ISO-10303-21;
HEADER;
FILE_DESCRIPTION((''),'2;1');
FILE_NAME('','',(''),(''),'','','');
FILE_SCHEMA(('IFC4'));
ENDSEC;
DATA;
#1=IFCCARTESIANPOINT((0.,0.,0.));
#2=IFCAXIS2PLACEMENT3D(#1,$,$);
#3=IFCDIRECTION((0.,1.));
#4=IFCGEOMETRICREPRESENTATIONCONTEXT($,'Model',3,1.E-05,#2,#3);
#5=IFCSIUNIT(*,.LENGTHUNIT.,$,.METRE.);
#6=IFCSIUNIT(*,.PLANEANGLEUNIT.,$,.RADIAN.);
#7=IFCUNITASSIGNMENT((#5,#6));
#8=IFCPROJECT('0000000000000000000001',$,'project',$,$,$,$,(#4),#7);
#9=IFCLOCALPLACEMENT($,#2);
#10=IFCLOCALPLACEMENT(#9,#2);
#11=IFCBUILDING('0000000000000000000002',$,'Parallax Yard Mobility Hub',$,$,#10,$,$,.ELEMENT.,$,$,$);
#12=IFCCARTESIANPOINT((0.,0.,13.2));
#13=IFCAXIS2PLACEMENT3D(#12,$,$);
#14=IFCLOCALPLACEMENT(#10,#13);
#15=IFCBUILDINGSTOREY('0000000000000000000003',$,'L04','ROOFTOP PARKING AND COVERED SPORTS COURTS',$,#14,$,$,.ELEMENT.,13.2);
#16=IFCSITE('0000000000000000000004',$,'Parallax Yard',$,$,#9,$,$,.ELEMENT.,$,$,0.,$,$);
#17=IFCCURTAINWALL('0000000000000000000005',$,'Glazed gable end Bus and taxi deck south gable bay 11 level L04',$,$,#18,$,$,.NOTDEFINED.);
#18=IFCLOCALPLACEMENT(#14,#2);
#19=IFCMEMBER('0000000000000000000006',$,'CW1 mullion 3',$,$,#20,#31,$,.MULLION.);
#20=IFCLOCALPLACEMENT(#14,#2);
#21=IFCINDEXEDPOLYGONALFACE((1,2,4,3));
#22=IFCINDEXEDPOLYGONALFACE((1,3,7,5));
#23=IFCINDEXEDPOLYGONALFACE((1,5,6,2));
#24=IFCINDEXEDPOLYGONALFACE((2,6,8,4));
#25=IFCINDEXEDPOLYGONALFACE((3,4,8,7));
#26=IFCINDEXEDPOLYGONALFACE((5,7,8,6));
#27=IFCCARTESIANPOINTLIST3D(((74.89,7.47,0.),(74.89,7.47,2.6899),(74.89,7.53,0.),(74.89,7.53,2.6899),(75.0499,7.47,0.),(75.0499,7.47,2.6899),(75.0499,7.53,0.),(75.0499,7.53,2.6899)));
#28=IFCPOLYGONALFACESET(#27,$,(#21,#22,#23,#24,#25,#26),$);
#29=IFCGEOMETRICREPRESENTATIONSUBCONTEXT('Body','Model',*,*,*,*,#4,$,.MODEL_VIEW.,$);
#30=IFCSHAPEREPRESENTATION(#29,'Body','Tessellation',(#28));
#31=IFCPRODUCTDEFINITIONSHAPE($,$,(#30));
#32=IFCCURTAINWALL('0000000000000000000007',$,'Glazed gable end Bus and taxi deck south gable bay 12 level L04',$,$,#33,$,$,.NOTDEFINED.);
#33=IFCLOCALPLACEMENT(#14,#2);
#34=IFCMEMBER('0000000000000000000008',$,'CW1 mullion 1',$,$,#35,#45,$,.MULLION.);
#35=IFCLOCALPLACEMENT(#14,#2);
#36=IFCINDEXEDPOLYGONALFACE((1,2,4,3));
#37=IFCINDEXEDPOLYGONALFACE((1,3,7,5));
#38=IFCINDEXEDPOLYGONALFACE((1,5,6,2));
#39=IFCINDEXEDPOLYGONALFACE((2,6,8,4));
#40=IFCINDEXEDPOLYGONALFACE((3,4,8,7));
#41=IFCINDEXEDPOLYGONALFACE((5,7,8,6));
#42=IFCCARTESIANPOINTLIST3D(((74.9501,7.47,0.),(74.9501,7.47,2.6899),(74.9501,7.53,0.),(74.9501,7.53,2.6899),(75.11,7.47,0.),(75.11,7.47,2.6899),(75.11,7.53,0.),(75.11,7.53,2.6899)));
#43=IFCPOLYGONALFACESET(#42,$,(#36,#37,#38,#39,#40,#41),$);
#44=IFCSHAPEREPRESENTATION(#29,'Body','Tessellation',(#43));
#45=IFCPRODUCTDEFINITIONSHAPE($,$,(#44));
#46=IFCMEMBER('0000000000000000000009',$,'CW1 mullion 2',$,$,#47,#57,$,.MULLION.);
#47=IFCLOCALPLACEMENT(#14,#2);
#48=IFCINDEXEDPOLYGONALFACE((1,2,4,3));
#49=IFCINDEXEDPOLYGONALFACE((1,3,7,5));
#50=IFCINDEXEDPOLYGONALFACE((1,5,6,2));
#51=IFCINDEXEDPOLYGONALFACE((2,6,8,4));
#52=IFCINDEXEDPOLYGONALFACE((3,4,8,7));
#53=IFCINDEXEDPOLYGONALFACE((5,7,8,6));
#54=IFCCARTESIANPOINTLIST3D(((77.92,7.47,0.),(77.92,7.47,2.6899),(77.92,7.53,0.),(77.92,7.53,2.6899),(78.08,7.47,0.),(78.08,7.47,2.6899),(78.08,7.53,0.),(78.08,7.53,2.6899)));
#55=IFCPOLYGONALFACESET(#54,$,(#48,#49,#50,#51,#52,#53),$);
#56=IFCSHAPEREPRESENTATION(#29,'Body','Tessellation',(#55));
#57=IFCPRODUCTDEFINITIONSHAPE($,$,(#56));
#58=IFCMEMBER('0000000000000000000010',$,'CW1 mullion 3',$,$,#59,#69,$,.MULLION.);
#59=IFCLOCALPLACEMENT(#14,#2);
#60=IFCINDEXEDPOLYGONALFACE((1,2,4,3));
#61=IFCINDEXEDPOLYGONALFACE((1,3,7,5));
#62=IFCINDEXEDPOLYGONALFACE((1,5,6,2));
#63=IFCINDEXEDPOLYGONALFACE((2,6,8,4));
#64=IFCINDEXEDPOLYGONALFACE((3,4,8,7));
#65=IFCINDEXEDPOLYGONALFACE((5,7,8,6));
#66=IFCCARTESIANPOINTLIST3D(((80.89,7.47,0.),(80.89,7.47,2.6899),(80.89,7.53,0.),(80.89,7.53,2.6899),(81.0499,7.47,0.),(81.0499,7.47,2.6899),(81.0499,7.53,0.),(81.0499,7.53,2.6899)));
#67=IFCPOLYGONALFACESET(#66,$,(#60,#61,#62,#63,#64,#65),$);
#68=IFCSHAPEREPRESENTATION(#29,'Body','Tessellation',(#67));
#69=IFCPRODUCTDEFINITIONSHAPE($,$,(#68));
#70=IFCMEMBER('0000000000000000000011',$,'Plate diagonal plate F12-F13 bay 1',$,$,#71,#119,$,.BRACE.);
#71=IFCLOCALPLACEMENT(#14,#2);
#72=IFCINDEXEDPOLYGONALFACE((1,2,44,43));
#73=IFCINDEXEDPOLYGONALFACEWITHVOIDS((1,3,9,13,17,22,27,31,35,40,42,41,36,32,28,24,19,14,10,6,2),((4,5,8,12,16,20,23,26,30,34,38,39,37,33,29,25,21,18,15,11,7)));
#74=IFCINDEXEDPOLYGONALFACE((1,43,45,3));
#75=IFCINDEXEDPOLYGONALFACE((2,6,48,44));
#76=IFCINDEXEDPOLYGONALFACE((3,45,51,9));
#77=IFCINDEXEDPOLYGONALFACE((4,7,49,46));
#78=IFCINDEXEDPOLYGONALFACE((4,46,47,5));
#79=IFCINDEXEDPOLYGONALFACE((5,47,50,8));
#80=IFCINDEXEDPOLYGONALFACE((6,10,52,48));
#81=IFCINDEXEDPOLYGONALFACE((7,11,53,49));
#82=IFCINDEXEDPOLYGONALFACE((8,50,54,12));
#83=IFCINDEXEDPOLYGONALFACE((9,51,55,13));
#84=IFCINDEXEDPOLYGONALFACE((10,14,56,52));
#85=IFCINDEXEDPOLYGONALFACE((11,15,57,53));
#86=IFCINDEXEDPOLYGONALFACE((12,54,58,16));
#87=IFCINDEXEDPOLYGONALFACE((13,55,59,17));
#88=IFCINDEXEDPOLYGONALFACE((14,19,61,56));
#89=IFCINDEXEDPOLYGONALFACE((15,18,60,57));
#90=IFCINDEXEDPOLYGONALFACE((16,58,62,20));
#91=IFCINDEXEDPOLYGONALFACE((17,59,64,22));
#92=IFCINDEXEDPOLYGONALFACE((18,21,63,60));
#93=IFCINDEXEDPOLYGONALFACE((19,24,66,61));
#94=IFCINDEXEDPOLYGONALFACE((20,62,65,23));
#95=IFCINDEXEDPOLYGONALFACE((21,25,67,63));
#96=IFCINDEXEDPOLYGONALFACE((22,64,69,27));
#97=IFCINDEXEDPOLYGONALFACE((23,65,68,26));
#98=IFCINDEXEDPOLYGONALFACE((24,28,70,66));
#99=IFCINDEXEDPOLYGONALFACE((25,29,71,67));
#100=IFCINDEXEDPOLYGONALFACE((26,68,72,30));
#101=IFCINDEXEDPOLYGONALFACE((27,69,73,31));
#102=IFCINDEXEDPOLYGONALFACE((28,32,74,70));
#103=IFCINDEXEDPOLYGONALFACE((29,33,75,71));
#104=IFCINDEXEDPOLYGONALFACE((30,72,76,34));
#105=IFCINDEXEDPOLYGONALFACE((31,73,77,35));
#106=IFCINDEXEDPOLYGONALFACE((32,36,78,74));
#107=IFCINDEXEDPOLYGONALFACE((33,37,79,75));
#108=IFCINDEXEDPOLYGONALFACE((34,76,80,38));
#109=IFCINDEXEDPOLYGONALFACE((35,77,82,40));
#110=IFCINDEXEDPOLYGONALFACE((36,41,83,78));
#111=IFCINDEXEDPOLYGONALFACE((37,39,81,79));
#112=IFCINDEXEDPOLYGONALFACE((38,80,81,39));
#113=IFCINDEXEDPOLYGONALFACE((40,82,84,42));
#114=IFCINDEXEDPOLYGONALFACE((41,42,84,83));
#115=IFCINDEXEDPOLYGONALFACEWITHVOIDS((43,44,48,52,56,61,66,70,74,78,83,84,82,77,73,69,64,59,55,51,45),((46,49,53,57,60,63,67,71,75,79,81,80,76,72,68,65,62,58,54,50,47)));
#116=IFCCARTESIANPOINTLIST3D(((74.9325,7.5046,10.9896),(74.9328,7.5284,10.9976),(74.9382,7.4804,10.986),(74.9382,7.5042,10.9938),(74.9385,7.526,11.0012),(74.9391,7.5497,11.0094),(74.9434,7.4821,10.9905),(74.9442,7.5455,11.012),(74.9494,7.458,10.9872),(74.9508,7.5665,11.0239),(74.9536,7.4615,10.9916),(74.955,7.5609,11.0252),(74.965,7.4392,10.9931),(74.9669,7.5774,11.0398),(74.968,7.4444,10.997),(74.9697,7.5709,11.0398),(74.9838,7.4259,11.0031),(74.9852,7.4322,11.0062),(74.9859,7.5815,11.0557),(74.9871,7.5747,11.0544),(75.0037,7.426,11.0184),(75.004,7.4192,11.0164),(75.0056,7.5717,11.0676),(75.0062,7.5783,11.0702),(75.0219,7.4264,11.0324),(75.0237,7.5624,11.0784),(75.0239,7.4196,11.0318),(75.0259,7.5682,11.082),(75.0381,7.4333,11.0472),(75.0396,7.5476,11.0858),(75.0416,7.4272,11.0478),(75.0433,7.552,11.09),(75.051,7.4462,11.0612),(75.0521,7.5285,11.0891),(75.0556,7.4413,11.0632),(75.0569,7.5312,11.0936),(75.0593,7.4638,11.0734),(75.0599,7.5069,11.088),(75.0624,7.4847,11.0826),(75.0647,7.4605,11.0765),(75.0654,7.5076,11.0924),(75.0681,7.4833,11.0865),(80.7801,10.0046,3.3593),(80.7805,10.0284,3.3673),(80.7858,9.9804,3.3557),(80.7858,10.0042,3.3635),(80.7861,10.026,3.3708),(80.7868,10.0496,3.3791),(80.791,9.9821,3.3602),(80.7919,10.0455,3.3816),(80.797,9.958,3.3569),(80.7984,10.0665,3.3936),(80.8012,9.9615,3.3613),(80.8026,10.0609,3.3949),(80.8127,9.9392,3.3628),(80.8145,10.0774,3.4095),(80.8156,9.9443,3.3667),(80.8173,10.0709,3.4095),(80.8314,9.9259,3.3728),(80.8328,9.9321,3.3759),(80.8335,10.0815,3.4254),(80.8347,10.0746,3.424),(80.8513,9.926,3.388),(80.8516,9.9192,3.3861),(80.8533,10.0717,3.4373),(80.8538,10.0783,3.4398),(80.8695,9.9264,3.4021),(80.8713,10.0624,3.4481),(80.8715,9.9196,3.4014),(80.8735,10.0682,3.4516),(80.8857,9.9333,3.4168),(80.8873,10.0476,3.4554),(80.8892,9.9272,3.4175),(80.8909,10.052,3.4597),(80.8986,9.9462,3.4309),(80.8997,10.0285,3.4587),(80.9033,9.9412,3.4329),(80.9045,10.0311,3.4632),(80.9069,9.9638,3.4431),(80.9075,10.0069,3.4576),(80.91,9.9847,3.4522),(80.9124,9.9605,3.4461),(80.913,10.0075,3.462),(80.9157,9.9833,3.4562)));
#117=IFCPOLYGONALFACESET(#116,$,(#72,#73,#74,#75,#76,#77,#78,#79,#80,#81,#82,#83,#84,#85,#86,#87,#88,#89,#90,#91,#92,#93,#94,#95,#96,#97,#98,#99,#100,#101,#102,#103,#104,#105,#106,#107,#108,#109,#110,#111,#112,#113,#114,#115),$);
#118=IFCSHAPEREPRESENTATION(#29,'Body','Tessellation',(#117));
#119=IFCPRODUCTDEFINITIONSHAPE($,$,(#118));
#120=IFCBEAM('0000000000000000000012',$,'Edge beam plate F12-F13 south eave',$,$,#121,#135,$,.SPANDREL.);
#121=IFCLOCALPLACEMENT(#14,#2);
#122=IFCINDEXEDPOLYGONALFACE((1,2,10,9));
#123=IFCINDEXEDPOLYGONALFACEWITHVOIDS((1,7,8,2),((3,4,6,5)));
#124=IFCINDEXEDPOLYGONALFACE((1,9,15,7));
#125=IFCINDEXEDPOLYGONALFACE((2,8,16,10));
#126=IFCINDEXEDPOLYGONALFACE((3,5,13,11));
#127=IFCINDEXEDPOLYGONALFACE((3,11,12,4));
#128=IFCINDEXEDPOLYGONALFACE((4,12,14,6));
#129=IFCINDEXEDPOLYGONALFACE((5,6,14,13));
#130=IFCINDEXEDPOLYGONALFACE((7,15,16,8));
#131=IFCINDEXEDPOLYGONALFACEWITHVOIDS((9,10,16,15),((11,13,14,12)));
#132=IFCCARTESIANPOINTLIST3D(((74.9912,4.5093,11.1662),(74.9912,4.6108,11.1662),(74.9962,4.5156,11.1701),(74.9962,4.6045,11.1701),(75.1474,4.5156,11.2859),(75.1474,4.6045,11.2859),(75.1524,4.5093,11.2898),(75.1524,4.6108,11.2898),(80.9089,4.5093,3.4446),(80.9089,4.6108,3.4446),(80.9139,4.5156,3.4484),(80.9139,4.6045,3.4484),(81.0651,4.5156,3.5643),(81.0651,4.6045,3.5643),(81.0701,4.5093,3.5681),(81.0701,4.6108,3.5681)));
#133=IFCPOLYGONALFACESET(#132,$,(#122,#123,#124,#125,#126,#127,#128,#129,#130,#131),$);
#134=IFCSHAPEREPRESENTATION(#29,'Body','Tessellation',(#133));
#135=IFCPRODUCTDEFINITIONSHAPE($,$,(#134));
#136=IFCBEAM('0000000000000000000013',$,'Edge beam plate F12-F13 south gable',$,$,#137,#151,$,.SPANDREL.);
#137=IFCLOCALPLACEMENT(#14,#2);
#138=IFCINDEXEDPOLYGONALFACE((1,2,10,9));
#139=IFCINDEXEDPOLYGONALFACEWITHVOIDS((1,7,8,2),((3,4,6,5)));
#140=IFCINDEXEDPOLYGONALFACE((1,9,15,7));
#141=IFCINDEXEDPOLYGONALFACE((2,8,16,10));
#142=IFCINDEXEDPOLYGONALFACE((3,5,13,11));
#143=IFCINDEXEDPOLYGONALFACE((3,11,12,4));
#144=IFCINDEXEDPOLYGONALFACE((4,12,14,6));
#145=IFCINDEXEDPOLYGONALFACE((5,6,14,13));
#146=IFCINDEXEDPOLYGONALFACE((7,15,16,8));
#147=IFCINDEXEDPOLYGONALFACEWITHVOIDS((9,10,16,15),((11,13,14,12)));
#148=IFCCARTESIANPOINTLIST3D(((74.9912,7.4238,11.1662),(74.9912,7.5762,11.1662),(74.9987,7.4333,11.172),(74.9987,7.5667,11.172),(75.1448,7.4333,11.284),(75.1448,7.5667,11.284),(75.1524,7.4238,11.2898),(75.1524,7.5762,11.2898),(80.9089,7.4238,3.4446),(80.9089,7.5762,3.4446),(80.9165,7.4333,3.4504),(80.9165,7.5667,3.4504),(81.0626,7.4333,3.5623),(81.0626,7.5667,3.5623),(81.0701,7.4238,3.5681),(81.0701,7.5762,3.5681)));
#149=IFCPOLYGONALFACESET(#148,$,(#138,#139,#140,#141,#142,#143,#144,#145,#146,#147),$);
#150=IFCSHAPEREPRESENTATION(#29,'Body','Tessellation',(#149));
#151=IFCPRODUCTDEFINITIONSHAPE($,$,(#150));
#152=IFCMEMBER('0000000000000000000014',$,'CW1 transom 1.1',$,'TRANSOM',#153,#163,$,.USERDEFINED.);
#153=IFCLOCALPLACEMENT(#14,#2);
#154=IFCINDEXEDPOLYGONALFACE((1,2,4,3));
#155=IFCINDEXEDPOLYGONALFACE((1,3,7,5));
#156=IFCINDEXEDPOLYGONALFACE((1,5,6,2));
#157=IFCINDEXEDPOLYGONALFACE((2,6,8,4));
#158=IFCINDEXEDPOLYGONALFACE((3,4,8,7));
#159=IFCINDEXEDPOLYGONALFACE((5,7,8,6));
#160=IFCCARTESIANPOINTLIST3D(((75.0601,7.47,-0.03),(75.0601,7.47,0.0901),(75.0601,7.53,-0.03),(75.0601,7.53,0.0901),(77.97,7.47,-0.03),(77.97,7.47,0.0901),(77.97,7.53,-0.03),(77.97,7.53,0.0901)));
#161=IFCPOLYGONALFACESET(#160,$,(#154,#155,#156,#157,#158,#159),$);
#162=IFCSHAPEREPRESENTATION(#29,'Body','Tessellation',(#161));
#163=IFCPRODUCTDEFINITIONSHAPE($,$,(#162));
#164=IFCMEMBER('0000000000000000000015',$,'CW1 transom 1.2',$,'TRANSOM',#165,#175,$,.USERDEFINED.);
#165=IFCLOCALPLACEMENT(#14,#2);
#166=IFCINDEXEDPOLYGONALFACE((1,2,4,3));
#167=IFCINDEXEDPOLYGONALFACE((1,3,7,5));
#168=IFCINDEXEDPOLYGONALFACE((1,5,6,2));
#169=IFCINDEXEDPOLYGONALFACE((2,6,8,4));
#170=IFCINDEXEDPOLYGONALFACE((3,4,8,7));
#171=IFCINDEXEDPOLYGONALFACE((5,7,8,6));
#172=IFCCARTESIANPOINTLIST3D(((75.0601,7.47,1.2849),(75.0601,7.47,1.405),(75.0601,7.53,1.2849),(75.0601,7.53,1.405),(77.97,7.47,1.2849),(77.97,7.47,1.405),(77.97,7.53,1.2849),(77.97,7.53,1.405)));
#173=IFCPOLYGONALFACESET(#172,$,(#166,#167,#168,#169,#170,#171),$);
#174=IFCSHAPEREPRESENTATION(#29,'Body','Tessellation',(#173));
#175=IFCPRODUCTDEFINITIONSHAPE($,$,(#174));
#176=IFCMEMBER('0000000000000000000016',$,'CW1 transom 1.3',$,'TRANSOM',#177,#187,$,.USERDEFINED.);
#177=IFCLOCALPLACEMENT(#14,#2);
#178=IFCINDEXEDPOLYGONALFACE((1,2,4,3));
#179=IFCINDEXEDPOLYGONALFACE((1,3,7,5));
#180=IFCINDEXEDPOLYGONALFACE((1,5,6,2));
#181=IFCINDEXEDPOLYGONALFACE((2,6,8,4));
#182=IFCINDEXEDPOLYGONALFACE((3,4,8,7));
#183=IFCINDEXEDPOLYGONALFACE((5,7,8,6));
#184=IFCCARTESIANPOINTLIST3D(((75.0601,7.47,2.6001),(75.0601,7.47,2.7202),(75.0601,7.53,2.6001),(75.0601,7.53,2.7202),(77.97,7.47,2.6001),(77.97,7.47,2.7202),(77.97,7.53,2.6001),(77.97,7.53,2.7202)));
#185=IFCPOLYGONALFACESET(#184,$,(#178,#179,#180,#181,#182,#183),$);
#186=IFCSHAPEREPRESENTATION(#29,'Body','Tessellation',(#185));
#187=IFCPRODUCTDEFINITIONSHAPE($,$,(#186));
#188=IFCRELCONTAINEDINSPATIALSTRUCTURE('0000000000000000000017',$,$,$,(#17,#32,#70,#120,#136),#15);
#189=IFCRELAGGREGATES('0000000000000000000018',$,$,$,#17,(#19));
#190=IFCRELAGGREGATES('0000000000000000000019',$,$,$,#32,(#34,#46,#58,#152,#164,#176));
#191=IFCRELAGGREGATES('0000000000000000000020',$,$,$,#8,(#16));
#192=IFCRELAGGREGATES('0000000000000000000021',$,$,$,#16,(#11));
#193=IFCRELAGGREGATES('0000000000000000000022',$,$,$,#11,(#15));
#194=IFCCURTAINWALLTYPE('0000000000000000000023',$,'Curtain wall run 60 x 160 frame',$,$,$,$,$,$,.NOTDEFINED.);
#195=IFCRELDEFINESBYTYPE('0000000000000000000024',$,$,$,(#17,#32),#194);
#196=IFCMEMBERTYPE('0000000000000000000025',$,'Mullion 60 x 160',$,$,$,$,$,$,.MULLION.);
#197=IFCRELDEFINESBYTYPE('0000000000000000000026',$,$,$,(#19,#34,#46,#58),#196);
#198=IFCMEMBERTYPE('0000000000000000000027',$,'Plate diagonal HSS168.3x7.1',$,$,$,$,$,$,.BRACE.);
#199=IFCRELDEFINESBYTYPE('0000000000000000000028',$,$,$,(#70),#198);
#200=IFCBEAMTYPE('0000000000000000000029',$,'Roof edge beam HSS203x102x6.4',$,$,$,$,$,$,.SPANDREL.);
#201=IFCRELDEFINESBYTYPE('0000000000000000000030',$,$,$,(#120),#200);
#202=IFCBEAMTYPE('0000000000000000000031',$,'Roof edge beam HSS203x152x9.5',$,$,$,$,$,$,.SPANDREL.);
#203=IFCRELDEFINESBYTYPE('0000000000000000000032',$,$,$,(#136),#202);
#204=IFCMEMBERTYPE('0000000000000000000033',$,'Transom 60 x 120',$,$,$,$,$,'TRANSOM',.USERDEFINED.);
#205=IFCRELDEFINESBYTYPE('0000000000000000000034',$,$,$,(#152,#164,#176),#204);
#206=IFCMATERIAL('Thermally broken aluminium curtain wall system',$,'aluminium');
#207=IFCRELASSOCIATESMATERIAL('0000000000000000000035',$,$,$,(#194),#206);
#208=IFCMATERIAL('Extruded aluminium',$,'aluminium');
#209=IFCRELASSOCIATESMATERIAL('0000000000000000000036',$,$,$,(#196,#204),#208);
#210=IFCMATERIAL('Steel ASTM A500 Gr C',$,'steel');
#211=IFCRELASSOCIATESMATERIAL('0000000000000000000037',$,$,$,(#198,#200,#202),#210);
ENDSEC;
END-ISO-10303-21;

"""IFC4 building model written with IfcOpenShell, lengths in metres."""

from ifc_helpers import new_model, si_unit, direction, frame, origin, origin_2d, place, context, subcontext, project, spatial, rectangle, hollow_rectangle, hollow_circle, extrude, material, material_profile, profile_set, type_object, element, aggregate, save


model = new_model("IFC4")

# Units and contexts
model_context = context("Model", 3, precision=1e-05, world=origin(), true_north=direction((0.0, 1.0)))
body_context = subcontext(model_context, "Body", "Model", "MODEL_VIEW")
ifc_project = project(units=[si_unit("LENGTHUNIT", "METRE"), si_unit("PLANEANGLEUNIT", "RADIAN")], contexts=[model_context])

# Site, building, storey
site_placement = place(None, origin())
site = spatial("IfcSite", under=ifc_project, at=site_placement, Name="Parallax Yard", CompositionType="ELEMENT", RefElevation=0.0)
building_placement = place(site_placement, origin())
building = spatial("IfcBuilding", under=site, at=building_placement, Name="Parallax Yard Mobility Hub", CompositionType="ELEMENT")
storey_placement = place(building_placement, frame((0.0, 0.0, 13.2)))
storey = spatial("IfcBuildingStorey", under=building, at=storey_placement, Name="L04", Description="ROOFTOP PARKING AND COVERED SPORTS COURTS", CompositionType="ELEMENT", Elevation=13.2)

# Shared definitions
ifc_material_1 = material(Name="Steel ASTM A500 Gr C", Category="steel")

# Curtain wall, member
ifc_material_2 = material(Name="Thermally broken aluminium curtain wall system", Category="aluminium")
curtain_wall_type = type_object("IfcCurtainWallType", Name="Curtain wall run 60 x 160 frame", PredefinedType="NOTDEFINED", material=ifc_material_2)
curtain_wall_1_placement = place(storey_placement, origin())
curtain_wall_1 = element("IfcCurtainWall", 1, at=curtain_wall_1_placement, inside=storey, type_object=curtain_wall_type, Name="Glazed gable end Bus and taxi deck south gable bay 11 level L04", PredefinedType="NOTDEFINED")
ifc_material_3 = material(Name="Extruded aluminium", Category="aluminium")
ifc_material_profile_1 = material_profile(ifc_material_3, rectangle(XDim=0.0601, YDim=0.1599, at=origin_2d()), Name="Mullion 60 x 160")
ifc_profile_set_1 = profile_set([ifc_material_profile_1], Name="Extruded aluminium")
member_type_1 = type_object("IfcMemberType", Name="Mullion 60 x 160", PredefinedType="MULLION", material=ifc_profile_set_1)
member_1_placement = place(storey_placement, frame((74.97, 7.5, 0.0), z_axis=(0.0, 0.0, 1.0), x_axis=(0.0, 1.0, 0.0)))
member_1 = element("IfcMember", 2, at=member_1_placement, type_object=member_type_1, Name="CW1 mullion 3", PredefinedType="MULLION", context=body_context, shape_type="SweptSolid", body=[
    extrude(rectangle(XDim=0.0601, YDim=0.1599, at=origin_2d()), origin(), (0.0, 0.0, 1.0), 2.6899),
])

# Curtain wall, members
curtain_wall_2_placement = place(storey_placement, origin())
curtain_wall_2 = element("IfcCurtainWall", 3, at=curtain_wall_2_placement, inside=storey, type_object=curtain_wall_type, Name="Glazed gable end Bus and taxi deck south gable bay 12 level L04", PredefinedType="NOTDEFINED")
member_2_placement = place(storey_placement, frame((75.03, 7.5, 0.0), z_axis=(0.0, 0.0, 1.0), x_axis=(0.0, 1.0, 0.0)))
member_2 = element("IfcMember", 4, at=member_2_placement, type_object=member_type_1, Name="CW1 mullion 1", PredefinedType="MULLION", context=body_context, shape_type="SweptSolid", body=[
    extrude(rectangle(XDim=0.0601, YDim=0.1599, at=origin_2d()), origin(), (0.0, 0.0, 1.0), 2.6899),
])
member_3_placement = place(storey_placement, frame((78.0, 7.5, 0.0), z_axis=(0.0, 0.0, 1.0), x_axis=(0.0, 1.0, 0.0)))
member_3 = element("IfcMember", 5, at=member_3_placement, type_object=member_type_1, Name="CW1 mullion 2", PredefinedType="MULLION", context=body_context, shape_type="SweptSolid", body=[
    extrude(rectangle(XDim=0.0601, YDim=0.1599, at=origin_2d()), origin(), (0.0, 0.0, 1.0), 2.6899),
])
member_4_placement = place(storey_placement, frame((80.97, 7.5, 0.0), z_axis=(0.0, 0.0, 1.0), x_axis=(0.0, 1.0, 0.0)))
member_4 = element("IfcMember", 6, at=member_4_placement, type_object=member_type_1, Name="CW1 mullion 3", PredefinedType="MULLION", context=body_context, shape_type="SweptSolid", body=[
    extrude(rectangle(XDim=0.0601, YDim=0.1599, at=origin_2d()), origin(), (0.0, 0.0, 1.0), 2.6899),
])

# Member
ifc_material_profile_2 = material_profile(ifc_material_1, hollow_circle(Radius=0.0842, WallThickness=0.0071, at=origin_2d()), Name="HSS168.3x7.1")
ifc_profile_set_2 = profile_set([ifc_material_profile_2], Name="Steel ASTM A500 Gr C")
member_type_2 = type_object("IfcMemberType", Name="Plate diagonal HSS168.3x7.1", PredefinedType="BRACE", material=ifc_profile_set_2)
member_5_placement = place(storey_placement, frame((75.0, 7.5, 11.0398), z_axis=(0.588701, 0.251682, -0.768172), x_axis=(-0.393104, 0.919494, 0.0)))
element("IfcMember", 7, at=member_5_placement, inside=storey, type_object=member_type_2, Name="Plate diagonal plate F12-F13 bay 1", PredefinedType="BRACE", context=body_context, shape_type="SweptSolid", body=[
    extrude(hollow_circle(Radius=0.0842, WallThickness=0.0071, at=origin_2d()), origin(), (0.0, 0.0, 1.0), 9.9331),
])

# Beams
ifc_material_profile_3 = material_profile(ifc_material_1, hollow_rectangle(XDim=0.1016, YDim=0.2031, WallThickness=0.0063, at=origin_2d()), Name="HSS203x102x6.4")
ifc_profile_set_3 = profile_set([ifc_material_profile_3], Name="Steel ASTM A500 Gr C")
beam_type_1 = type_object("IfcBeamType", Name="Roof edge beam HSS203x102x6.4", PredefinedType="SPANDREL", material=ifc_profile_set_3)
beam_1_placement = place(storey_placement, frame((75.0718, 4.5601, 11.228), z_axis=(0.608287, 0.0, -0.793717), x_axis=(0.0, 1.0, 0.0)))
element("IfcBeam", 8, at=beam_1_placement, inside=storey, type_object=beam_type_1, Name="Edge beam plate F12-F13 south eave", PredefinedType="SPANDREL", context=body_context, shape_type="SweptSolid", body=[
    extrude(hollow_rectangle(XDim=0.1016, YDim=0.2031, WallThickness=0.0063, at=origin_2d()), origin(), (0.0, 0.0, 1.0), 9.7285),
])
ifc_material_profile_4 = material_profile(ifc_material_1, hollow_rectangle(XDim=0.1523, YDim=0.2031, WallThickness=0.0095, at=origin_2d()), Name="HSS203x152x9.5")
ifc_profile_set_4 = profile_set([ifc_material_profile_4], Name="Steel ASTM A500 Gr C")
beam_type_2 = type_object("IfcBeamType", Name="Roof edge beam HSS203x152x9.5", PredefinedType="SPANDREL", material=ifc_profile_set_4)
beam_2_placement = place(storey_placement, frame((75.0718, 7.5, 11.228), z_axis=(0.608287, 0.0, -0.793717), x_axis=(0.0, 1.0, 0.0)))
element("IfcBeam", 9, at=beam_2_placement, inside=storey, type_object=beam_type_2, Name="Edge beam plate F12-F13 south gable", PredefinedType="SPANDREL", context=body_context, shape_type="SweptSolid", body=[
    extrude(hollow_rectangle(XDim=0.1523, YDim=0.2031, WallThickness=0.0095, at=origin_2d()), origin(), (0.0, 0.0, 1.0), 9.7285),
])

# Members
ifc_material_profile_5 = material_profile(ifc_material_3, rectangle(XDim=0.0601, YDim=0.1201, at=origin_2d()), Name="Transom 60 x 120")
ifc_profile_set_5 = profile_set([ifc_material_profile_5], Name="Extruded aluminium")
member_type_3 = type_object("IfcMemberType", Name="Transom 60 x 120", ElementType="TRANSOM", PredefinedType="USERDEFINED", material=ifc_profile_set_5)
member_6_placement = place(storey_placement, frame((75.0601, 7.5, 0.03), z_axis=(1.0, 0.0, 0.0), x_axis=(0.0, 1.0, 0.0)))
member_6 = element("IfcMember", 10, at=member_6_placement, type_object=member_type_3, Name="CW1 transom 1.1", ObjectType="TRANSOM", PredefinedType="USERDEFINED", context=body_context, shape_type="SweptSolid", body=[
    extrude(rectangle(XDim=0.0601, YDim=0.1201, at=origin_2d()), origin(), (0.0, 0.0, 1.0), 2.9099),
])
member_7_placement = place(storey_placement, frame((75.0601, 7.5, 1.345), z_axis=(1.0, 0.0, 0.0), x_axis=(0.0, 1.0, 0.0)))
member_7 = element("IfcMember", 11, at=member_7_placement, type_object=member_type_3, Name="CW1 transom 1.2", ObjectType="TRANSOM", PredefinedType="USERDEFINED", context=body_context, shape_type="SweptSolid", body=[
    extrude(rectangle(XDim=0.0601, YDim=0.1201, at=origin_2d()), origin(), (0.0, 0.0, 1.0), 2.9099),
])
member_8_placement = place(storey_placement, frame((75.0601, 7.5, 2.6602), z_axis=(1.0, 0.0, 0.0), x_axis=(0.0, 1.0, 0.0)))
member_8 = element("IfcMember", 12, at=member_8_placement, type_object=member_type_3, Name="CW1 transom 1.3", ObjectType="TRANSOM", PredefinedType="USERDEFINED", context=body_context, shape_type="SweptSolid", body=[
    extrude(rectangle(XDim=0.0601, YDim=0.1201, at=origin_2d()), origin(), (0.0, 0.0, 1.0), 2.9099),
])

aggregate(curtain_wall_1, [member_1])
aggregate(curtain_wall_2, [member_2, member_3, member_4, member_6, member_7, member_8])

save(model, "model.ifc")
